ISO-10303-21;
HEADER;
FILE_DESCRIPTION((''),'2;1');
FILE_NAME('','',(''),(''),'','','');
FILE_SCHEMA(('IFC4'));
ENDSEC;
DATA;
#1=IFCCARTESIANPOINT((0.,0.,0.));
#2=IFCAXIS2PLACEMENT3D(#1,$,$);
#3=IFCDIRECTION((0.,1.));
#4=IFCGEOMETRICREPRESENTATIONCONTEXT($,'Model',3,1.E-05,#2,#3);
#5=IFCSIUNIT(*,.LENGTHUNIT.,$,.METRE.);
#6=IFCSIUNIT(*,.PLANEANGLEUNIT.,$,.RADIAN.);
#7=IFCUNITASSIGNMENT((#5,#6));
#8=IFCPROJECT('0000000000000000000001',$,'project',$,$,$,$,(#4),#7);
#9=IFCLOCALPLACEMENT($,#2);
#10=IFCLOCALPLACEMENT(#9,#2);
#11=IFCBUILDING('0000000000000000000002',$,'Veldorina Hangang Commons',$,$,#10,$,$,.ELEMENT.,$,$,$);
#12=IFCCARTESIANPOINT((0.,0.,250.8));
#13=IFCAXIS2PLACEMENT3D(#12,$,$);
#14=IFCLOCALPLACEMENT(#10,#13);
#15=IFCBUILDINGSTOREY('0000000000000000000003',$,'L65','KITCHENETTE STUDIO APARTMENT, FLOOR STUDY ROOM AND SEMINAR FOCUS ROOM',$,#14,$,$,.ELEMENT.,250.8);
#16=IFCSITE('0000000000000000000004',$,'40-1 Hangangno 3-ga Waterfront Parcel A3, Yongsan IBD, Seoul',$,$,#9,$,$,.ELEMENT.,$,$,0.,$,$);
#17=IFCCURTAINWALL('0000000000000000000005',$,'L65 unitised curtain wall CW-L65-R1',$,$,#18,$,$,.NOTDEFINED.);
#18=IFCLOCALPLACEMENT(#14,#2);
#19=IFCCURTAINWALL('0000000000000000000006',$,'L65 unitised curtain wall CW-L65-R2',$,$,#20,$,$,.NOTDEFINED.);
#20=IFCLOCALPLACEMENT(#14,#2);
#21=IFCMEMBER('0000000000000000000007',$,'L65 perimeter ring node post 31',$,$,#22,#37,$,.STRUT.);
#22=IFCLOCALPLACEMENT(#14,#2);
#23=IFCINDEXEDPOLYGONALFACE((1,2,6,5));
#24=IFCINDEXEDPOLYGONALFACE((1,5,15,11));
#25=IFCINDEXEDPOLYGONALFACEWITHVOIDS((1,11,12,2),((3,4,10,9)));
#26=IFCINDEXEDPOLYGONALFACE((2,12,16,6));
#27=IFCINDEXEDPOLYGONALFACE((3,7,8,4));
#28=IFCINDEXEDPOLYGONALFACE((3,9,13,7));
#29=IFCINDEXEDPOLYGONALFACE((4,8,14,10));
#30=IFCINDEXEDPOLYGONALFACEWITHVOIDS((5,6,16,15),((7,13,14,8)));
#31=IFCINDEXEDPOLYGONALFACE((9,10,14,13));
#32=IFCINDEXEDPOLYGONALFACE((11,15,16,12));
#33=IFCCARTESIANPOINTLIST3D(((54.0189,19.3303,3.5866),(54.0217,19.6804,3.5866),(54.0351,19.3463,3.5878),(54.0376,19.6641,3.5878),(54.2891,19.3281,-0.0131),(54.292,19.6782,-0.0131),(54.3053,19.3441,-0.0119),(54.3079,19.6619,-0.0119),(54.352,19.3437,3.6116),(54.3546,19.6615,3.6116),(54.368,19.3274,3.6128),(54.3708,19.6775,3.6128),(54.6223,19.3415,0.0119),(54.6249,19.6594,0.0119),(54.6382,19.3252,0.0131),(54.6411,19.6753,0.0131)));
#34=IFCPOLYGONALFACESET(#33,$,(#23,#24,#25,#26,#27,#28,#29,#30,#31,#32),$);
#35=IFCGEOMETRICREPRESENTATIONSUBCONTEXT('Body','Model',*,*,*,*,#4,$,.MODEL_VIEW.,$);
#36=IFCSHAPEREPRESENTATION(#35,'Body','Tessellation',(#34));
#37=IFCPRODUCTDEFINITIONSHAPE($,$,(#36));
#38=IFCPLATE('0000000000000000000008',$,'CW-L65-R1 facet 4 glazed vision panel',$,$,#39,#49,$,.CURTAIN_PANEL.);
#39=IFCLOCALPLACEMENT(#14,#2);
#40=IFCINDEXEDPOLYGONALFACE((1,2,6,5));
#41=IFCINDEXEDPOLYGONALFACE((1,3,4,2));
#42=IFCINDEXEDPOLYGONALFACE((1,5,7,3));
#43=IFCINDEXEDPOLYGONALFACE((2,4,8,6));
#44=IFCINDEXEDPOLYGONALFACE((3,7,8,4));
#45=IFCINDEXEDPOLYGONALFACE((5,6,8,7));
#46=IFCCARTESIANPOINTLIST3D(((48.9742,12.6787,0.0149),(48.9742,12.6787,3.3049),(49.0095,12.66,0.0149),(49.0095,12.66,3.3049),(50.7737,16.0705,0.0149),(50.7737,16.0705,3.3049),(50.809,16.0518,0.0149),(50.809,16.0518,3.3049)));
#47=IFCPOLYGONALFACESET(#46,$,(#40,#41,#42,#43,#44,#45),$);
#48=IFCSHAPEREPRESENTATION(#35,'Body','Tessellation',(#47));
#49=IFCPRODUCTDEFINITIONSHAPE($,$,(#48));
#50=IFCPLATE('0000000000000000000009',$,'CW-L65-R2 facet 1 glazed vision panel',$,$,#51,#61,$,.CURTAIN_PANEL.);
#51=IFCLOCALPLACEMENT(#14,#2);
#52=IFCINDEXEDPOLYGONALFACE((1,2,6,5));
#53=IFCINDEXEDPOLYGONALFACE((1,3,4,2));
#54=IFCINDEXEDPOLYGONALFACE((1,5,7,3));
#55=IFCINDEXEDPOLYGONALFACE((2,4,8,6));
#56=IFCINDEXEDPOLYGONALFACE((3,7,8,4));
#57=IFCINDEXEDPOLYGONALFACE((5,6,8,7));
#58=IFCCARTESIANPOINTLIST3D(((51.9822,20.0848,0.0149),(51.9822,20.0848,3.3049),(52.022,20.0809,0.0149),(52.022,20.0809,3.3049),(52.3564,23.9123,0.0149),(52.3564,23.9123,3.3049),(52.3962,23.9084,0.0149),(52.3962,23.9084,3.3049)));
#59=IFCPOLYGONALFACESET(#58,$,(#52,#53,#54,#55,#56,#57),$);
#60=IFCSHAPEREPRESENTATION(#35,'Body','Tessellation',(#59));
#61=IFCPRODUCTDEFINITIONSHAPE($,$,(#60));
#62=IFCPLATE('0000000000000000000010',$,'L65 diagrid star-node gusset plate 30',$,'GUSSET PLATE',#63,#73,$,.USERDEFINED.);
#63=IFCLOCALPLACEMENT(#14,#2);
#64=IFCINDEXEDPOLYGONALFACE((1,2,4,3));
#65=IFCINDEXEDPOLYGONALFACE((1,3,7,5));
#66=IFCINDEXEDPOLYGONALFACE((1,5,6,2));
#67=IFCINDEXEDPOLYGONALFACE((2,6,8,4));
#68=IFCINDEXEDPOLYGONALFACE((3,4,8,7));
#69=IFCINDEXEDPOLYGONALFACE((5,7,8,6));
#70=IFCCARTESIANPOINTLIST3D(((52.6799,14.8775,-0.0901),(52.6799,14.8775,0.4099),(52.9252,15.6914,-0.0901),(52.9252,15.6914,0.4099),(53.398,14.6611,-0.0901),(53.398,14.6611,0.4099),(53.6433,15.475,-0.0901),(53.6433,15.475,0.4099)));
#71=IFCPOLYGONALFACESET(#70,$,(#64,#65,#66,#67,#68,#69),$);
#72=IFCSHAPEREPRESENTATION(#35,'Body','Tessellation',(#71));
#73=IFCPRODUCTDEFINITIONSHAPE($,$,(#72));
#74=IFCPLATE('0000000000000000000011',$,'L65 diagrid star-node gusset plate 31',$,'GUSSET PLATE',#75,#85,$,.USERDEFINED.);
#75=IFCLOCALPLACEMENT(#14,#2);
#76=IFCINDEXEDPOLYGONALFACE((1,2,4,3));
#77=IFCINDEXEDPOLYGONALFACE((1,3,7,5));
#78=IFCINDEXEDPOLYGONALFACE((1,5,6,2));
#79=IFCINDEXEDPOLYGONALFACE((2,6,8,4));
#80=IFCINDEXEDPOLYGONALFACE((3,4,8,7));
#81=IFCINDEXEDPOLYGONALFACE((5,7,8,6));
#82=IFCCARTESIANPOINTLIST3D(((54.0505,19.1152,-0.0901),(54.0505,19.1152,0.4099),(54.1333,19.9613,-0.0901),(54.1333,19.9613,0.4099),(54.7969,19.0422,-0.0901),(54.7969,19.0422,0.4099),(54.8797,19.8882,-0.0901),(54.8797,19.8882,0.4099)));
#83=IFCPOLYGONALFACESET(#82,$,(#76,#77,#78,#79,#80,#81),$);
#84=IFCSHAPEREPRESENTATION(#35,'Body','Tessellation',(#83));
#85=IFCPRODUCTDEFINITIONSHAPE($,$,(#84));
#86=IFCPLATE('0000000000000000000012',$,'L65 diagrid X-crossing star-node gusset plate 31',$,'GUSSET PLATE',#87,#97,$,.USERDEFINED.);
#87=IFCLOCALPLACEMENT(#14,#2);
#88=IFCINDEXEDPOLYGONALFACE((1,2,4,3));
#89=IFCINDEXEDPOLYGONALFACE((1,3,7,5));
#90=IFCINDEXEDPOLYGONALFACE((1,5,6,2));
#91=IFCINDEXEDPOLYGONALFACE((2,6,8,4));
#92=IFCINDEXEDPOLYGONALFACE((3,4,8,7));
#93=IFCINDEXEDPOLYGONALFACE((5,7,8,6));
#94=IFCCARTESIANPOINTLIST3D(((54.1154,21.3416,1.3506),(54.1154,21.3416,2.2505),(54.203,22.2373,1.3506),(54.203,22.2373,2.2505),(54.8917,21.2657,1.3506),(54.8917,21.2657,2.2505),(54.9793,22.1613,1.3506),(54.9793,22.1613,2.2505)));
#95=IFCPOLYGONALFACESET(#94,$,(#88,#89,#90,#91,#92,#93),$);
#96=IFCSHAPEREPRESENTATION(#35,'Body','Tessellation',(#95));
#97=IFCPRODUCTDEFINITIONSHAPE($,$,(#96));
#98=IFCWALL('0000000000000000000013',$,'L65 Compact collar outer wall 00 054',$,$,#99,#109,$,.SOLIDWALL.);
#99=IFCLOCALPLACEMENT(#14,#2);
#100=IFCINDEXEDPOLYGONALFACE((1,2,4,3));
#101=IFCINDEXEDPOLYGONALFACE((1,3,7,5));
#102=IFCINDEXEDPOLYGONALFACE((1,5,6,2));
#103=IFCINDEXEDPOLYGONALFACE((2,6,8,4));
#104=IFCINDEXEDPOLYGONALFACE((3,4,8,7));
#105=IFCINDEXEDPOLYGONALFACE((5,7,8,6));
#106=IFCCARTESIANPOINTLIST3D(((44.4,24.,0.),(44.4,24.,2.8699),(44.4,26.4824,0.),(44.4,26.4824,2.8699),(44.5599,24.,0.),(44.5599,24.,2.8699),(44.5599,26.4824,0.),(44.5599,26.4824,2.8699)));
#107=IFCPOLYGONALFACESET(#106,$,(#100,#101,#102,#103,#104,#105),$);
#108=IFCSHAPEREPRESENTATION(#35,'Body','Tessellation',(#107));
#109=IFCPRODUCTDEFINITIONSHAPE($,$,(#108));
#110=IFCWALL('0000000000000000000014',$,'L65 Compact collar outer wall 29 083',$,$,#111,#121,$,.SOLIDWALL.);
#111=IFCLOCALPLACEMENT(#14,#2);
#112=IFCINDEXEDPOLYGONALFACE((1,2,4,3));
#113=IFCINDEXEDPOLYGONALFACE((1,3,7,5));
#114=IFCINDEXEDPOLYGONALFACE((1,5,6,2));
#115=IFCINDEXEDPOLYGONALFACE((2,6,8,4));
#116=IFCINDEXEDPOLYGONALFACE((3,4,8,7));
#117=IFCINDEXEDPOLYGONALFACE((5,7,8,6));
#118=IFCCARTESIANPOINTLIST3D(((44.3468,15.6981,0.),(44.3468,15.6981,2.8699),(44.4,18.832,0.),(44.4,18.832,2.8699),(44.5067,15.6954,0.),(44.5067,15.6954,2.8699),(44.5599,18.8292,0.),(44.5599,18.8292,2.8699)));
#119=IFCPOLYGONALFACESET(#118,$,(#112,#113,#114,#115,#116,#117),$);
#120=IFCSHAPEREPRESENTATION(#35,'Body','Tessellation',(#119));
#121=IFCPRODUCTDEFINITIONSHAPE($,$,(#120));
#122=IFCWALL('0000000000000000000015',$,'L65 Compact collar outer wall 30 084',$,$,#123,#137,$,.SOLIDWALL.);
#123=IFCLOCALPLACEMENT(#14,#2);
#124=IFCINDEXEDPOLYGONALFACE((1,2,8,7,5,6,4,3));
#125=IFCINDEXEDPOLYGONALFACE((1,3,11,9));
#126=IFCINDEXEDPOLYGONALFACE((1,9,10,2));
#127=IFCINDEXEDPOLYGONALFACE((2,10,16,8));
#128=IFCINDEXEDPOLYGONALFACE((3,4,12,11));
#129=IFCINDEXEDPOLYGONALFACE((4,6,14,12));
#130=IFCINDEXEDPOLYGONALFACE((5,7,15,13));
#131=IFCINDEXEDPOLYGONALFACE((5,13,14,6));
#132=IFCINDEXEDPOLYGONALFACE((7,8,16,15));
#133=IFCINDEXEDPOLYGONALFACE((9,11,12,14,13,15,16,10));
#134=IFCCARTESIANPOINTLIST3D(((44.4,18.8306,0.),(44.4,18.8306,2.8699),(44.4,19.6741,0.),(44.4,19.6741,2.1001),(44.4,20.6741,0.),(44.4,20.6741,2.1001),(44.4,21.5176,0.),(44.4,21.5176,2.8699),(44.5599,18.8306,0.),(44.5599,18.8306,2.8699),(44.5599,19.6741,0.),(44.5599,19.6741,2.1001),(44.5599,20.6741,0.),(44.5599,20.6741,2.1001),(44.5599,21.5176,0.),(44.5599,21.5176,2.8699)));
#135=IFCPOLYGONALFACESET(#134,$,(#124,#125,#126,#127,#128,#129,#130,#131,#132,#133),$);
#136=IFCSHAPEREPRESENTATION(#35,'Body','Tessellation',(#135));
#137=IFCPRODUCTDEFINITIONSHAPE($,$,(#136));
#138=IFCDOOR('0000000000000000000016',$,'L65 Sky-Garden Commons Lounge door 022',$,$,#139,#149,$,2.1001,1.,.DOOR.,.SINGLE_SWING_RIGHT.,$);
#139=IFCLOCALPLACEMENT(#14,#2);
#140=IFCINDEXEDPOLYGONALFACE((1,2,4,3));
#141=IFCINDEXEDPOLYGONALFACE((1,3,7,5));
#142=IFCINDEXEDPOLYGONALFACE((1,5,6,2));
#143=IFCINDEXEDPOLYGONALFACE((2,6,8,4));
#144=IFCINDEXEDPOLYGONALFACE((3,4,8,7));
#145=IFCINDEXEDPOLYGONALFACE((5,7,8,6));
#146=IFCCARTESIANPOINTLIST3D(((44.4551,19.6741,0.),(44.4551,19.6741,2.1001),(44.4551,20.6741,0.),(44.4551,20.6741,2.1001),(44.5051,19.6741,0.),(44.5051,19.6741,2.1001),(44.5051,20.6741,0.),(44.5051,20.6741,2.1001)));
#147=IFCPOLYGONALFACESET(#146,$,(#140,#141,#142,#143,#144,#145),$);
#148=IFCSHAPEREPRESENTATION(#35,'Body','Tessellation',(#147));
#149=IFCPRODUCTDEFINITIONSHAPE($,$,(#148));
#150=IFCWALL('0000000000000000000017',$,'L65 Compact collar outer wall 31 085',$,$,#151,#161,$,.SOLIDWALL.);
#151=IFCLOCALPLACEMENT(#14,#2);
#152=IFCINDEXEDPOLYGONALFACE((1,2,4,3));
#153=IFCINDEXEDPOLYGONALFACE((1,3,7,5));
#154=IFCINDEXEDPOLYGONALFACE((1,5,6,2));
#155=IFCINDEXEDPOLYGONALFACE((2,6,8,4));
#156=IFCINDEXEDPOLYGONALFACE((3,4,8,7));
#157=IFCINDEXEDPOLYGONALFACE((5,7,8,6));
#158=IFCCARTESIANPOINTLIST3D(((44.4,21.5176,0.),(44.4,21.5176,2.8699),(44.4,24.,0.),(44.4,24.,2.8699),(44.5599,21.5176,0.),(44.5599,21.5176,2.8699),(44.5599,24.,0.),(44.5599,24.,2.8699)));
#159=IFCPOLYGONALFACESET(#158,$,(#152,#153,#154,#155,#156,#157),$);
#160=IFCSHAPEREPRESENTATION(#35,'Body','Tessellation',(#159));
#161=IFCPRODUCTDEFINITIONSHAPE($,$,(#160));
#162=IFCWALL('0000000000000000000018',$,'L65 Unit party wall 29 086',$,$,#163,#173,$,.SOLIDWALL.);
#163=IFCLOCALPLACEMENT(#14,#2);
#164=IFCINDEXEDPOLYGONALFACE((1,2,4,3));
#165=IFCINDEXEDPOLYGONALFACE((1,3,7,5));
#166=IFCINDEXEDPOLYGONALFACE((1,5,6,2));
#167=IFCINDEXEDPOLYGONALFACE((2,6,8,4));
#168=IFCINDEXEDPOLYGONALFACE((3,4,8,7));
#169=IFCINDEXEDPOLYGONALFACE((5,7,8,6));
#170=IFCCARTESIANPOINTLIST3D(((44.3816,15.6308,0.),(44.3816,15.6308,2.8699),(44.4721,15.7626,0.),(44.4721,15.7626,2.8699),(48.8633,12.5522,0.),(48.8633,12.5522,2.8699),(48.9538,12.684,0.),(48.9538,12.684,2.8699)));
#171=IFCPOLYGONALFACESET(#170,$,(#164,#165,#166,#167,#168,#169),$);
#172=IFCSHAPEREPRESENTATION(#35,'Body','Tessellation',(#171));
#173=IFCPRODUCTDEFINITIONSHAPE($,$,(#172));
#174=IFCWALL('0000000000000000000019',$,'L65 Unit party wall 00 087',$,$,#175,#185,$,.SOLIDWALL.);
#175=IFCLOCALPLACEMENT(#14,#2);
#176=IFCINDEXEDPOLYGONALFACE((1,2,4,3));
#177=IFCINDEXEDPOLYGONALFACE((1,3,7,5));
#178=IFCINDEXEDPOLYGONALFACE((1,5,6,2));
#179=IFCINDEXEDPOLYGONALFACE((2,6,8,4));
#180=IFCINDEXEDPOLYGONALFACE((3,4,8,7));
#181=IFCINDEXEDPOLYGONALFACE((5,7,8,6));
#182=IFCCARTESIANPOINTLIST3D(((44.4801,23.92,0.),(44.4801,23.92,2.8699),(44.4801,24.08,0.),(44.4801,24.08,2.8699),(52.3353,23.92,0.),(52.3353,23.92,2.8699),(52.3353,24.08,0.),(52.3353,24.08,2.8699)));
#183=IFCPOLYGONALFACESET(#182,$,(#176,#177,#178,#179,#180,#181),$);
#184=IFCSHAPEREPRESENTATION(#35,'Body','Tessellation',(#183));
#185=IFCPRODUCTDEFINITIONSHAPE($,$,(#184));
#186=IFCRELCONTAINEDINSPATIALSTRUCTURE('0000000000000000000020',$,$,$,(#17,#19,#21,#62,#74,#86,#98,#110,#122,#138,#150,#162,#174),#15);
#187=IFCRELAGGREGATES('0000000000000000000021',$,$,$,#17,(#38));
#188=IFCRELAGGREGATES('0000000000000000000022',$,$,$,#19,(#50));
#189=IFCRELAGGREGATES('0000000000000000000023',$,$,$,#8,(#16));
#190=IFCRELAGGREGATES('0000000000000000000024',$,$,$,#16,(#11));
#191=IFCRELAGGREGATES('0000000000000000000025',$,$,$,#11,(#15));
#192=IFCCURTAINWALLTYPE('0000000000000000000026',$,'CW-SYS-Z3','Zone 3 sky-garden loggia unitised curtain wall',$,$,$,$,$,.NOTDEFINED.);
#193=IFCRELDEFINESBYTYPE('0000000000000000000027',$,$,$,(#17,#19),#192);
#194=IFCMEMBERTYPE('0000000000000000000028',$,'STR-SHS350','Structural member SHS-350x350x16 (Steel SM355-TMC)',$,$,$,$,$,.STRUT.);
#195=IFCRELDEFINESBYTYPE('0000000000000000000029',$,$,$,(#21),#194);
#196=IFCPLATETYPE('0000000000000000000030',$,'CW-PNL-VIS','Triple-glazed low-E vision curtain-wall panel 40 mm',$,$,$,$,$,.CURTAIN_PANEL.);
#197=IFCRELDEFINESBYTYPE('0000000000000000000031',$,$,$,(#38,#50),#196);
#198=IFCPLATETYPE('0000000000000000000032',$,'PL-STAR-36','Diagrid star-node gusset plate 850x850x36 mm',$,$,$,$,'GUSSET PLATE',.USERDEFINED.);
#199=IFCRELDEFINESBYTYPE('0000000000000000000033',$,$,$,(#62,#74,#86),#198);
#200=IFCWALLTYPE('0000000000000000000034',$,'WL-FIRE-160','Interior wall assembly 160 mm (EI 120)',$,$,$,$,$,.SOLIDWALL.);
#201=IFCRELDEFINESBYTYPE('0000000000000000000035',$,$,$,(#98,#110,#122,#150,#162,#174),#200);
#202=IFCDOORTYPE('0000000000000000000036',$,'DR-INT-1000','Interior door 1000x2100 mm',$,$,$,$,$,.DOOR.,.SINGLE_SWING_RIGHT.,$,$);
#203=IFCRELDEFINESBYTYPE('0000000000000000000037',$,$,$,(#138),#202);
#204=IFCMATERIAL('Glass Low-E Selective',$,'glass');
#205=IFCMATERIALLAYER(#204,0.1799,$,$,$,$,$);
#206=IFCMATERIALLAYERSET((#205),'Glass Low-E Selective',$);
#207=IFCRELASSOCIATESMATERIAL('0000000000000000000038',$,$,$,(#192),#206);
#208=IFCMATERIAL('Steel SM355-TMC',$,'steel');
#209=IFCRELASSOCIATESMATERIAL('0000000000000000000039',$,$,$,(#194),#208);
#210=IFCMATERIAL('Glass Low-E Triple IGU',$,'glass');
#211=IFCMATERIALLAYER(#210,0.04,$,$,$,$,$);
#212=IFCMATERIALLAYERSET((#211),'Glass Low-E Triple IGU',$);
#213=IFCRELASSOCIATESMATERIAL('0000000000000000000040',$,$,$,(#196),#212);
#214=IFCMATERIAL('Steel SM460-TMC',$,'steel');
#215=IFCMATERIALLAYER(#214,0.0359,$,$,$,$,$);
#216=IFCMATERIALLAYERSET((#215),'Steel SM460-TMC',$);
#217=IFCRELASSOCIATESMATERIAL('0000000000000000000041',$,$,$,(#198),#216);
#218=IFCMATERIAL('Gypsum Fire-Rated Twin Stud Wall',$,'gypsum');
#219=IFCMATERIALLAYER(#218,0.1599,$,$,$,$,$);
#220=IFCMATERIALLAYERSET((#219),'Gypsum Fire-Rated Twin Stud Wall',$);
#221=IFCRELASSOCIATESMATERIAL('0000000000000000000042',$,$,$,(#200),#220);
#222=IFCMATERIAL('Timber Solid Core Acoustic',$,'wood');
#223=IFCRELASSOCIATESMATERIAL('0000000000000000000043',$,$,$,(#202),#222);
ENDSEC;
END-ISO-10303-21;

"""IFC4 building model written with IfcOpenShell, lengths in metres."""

from ifc_helpers import new_model, si_unit, direction, frame, frame_2d, origin, origin_2d, place, context, subcontext, project, spatial, rectangle, hollow_rectangle, extrude, material, layer, layer_set, material_profile, profile_set, type_object, element, fill, aggregate, save


model = new_model("IFC4")

# Units and contexts
model_context = context("Model", 3, precision=1e-05, world=origin(), true_north=direction((0.0, 1.0)))
body_context = subcontext(model_context, "Body", "Model", "MODEL_VIEW")
ifc_project = project(units=[si_unit("LENGTHUNIT", "METRE"), si_unit("PLANEANGLEUNIT", "RADIAN")], contexts=[model_context])

# Site, building, storey
site_placement = place(None, origin())
site = spatial("IfcSite", under=ifc_project, at=site_placement, Name="40-1 Hangangno 3-ga Waterfront Parcel A3, Yongsan IBD, Seoul", CompositionType="ELEMENT", RefElevation=0.0)
building_placement = place(site_placement, origin())
building = spatial("IfcBuilding", under=site, at=building_placement, Name="Veldorina Hangang Commons", CompositionType="ELEMENT")
storey_placement = place(building_placement, frame((0.0, 0.0, 250.8)))
storey = spatial("IfcBuildingStorey", under=building, at=storey_placement, Name="L65", Description="KITCHENETTE STUDIO APARTMENT, FLOOR STUDY ROOM AND SEMINAR FOCUS ROOM", CompositionType="ELEMENT", Elevation=250.8)

# Shared definitions
ifc_material_1 = material(Name="Steel SM355-TMC", Category="steel")

# Curtain wall
ifc_material_2 = material(Name="Glass Low-E Selective", Category="glass")
ifc_layer_1 = layer(ifc_material_2, 0.1799)
ifc_layer_set_1 = layer_set([ifc_layer_1], Name="Glass Low-E Selective")
curtain_wall_type = type_object("IfcCurtainWallType", Name="CW-SYS-Z3", Description="Zone 3 sky-garden loggia unitised curtain wall", PredefinedType="NOTDEFINED", material=ifc_layer_set_1)
curtain_wall_1_placement = place(storey_placement, origin())
curtain_wall_1 = element("IfcCurtainWall", 1, at=curtain_wall_1_placement, inside=storey, type_object=curtain_wall_type, Name="L65 unitised curtain wall CW-L65-R1", PredefinedType="NOTDEFINED")

# Curtain wall
curtain_wall_2_placement = place(storey_placement, origin())
curtain_wall_2 = element("IfcCurtainWall", 2, at=curtain_wall_2_placement, inside=storey, type_object=curtain_wall_type, Name="L65 unitised curtain wall CW-L65-R2", PredefinedType="NOTDEFINED")

# Member
ifc_material_profile_1 = material_profile(ifc_material_1, hollow_rectangle(XDim=0.3501, YDim=0.3501, WallThickness=0.0161, at=origin_2d()), Name="SHS-350x350x16")
ifc_profile_set_1 = profile_set([ifc_material_profile_1], Name="Steel SM355-TMC")
member_type_1 = type_object("IfcMemberType", Name="STR-SHS350", Description="Structural member SHS-350x350x16 (Steel SM355-TMC)", PredefinedType="STRUT", material=ifc_profile_set_1)
member_1_placement = place(storey_placement, frame((54.4651, 19.5017, 0.0), z_axis=(-0.074866, 0.000609, 0.997193), x_axis=(-0.00813, -0.999967, 0.0)))
element("IfcMember", 3, at=member_1_placement, inside=storey, type_object=member_type_1, Name="L65 perimeter ring node post 31", PredefinedType="STRUT", context=body_context, shape_type="SweptSolid", body=[
    extrude(hollow_rectangle(XDim=0.3501, YDim=0.3501, WallThickness=0.0161, at=origin_2d()), origin(), (0.0, 0.0, 1.0), 3.6099),
])

# Plates
ifc_material_3 = material(Name="Glass Low-E Triple IGU", Category="glass")
ifc_layer_2 = layer(ifc_material_3, 0.04)
ifc_layer_set_2 = layer_set([ifc_layer_2], Name="Glass Low-E Triple IGU")
plate_type_1 = type_object("IfcPlateType", Name="CW-PNL-VIS", Description="Triple-glazed low-E vision curtain-wall panel 40 mm", PredefinedType="CURTAIN_PANEL", material=ifc_layer_set_2)
plate_1_placement = place(storey_placement, frame((49.8916, 14.3652, 0.0149), z_axis=(0.0, 0.0, 1.0), x_axis=(0.46867, 0.883373, 0.0)))
plate_1 = element("IfcPlate", 4, at=plate_1_placement, type_object=plate_type_1, Name="CW-L65-R1 facet 4 glazed vision panel", PredefinedType="CURTAIN_PANEL", context=body_context, shape_type="SweptSolid", body=[
    extrude(rectangle(XDim=3.8396, YDim=0.04, at=origin_2d()), origin(), (0.0, 0.0, 1.0), 3.29),
])
aggregate(curtain_wall_1, [plate_1])
plate_2_placement = place(storey_placement, frame((52.1892, 21.9966, 0.0149), z_axis=(0.0, 0.0, 1.0), x_axis=(0.097305, 0.995255, 0.0)))
plate_2 = element("IfcPlate", 5, at=plate_2_placement, type_object=plate_type_1, Name="CW-L65-R2 facet 1 glazed vision panel", PredefinedType="CURTAIN_PANEL", context=body_context, shape_type="SweptSolid", body=[
    extrude(rectangle(XDim=3.8457, YDim=0.04, at=origin_2d()), origin(), (0.0, 0.0, 1.0), 3.29),
])
aggregate(curtain_wall_2, [plate_2])

# Plates
ifc_material_4 = material(Name="Steel SM460-TMC", Category="steel")
ifc_layer_3 = layer(ifc_material_4, 0.0359)
ifc_layer_set_3 = layer_set([ifc_layer_3], Name="Steel SM460-TMC")
plate_type_2 = type_object("IfcPlateType", Name="PL-STAR-36", Description="Diagrid star-node gusset plate 850x850x36 mm", ElementType="GUSSET PLATE", PredefinedType="USERDEFINED", material=ifc_layer_set_3)
for number, where, z_axis, x_axis, name in (
    (6, (53.1616, 15.1763, -0.0901), (0.0, 0.0, 1.0), (0.288531, 0.957471, 0.0), "L65 diagrid star-node gusset plate 30"),
    (7, (54.4651, 19.5017, -0.0901), (0.0, 0.0, 1.0), (0.097374, 0.995248, 0.0), "L65 diagrid star-node gusset plate 31"),
):
    element("IfcPlate", number, at=place(storey_placement, frame(where, z_axis=z_axis, x_axis=x_axis)), inside=storey, type_object=plate_type_2, Name=name, ObjectType="GUSSET PLATE", PredefinedType="USERDEFINED", context=body_context, shape_type="SweptSolid", body=[
        extrude(rectangle(XDim=0.8501, YDim=0.75, at=origin_2d()), origin(), (0.0, 0.0, 1.0), 0.5),
    ])
plate_3_placement = place(storey_placement, frame((54.5474, 21.7515, 1.3506), z_axis=(0.0, 0.0, 1.0), x_axis=(0.097374, 0.995248, 0.0)))
element("IfcPlate", 8, at=plate_3_placement, inside=storey, type_object=plate_type_2, Name="L65 diagrid X-crossing star-node gusset plate 31", ObjectType="GUSSET PLATE", PredefinedType="USERDEFINED", context=body_context, shape_type="SweptSolid", body=[
    extrude(rectangle(XDim=0.8999, YDim=0.78, at=origin_2d()), origin(), (0.0, 0.0, 1.0), 0.8999),
])

# Walls
ifc_material_5 = material(Name="Gypsum Fire-Rated Twin Stud Wall", Category="gypsum")
ifc_layer_4 = layer(ifc_material_5, 0.1599)
ifc_layer_set_4 = layer_set([ifc_layer_4], Name="Gypsum Fire-Rated Twin Stud Wall")
wall_type_1 = type_object("IfcWallType", Name="WL-FIRE-160", Description="Interior wall assembly 160 mm (EI 120)", PredefinedType="SOLIDWALL", material=ifc_layer_set_4)
wall_1_placement = place(storey_placement, frame((44.48, 24.0, 0.0), z_axis=(0.0, 0.0, 1.0), x_axis=(0.0, 1.0, 0.0)))
element("IfcWall", 9, at=wall_1_placement, inside=storey, type_object=wall_type_1, Name="L65 Compact collar outer wall 00 054", PredefinedType="SOLIDWALL", context=body_context, shape_type="SweptSolid", body=[
    extrude(rectangle(XDim=2.4824, YDim=0.1599, at=frame_2d((1.2412, 0.0))), origin(), (0.0, 0.0, 1.0), 2.8699),
])
wall_2_placement = place(storey_placement, frame((44.4268, 15.6968, 0.0), z_axis=(0.0, 0.0, 1.0), x_axis=(0.016981, 0.999856, 0.0)))
element("IfcWall", 10, at=wall_2_placement, inside=storey, type_object=wall_type_1, Name="L65 Compact collar outer wall 29 083", PredefinedType="SOLIDWALL", context=body_context, shape_type="SweptSolid", body=[
    extrude(rectangle(XDim=3.1343, YDim=0.1599, at=frame_2d((1.5671, 0.0))), origin(), (0.0, 0.0, 1.0), 2.8699),
])

# Wall, opening, door
wall_3_placement = place(storey_placement, frame((44.48, 18.8306, 0.0), z_axis=(0.0, 0.0, 1.0), x_axis=(0.0, 1.0, 0.0)))
wall_3 = element("IfcWall", 11, at=wall_3_placement, inside=storey, type_object=wall_type_1, Name="L65 Compact collar outer wall 30 084", PredefinedType="SOLIDWALL", context=body_context, shape_type="SweptSolid", body=[
    extrude(rectangle(XDim=2.687, YDim=0.1599, at=frame_2d((1.3435, 0.0))), origin(), (0.0, 0.0, 1.0), 2.8699),
])
opening_1_placement = place(wall_3_placement, frame((0.8435, 0.0, 0.0)))
opening_1 = element("IfcOpeningElement", 12, at=opening_1_placement, cuts=wall_3, PredefinedType="OPENING", context=body_context, shape_type="SweptSolid", body=[
    extrude(rectangle(XDim=1.0, YDim=2.1001, at=frame_2d((0.5, 1.05))), frame((0.0, 0.0898, 0.0), z_axis=(0.0, -1.0, 0.0), x_axis=(1.0, 0.0, 0.0)), (0.0, 0.0, 1.0), 0.1799),
])
ifc_material_6 = material(Name="Timber Solid Core Acoustic", Category="wood")
door_type_1 = type_object("IfcDoorType", Name="DR-INT-1000", Description="Interior door 1000x2100 mm", OperationType="SINGLE_SWING_RIGHT", PredefinedType="DOOR", material=ifc_material_6)
door_1_placement = place(opening_1_placement, origin())
door_1 = element("IfcDoor", 13, at=door_1_placement, inside=storey, type_object=door_type_1, Name="L65 Sky-Garden Commons Lounge door 022", OperationType="SINGLE_SWING_RIGHT", OverallHeight=2.1001, OverallWidth=1.0, PredefinedType="DOOR", context=body_context, shape_type="SweptSolid", body=[
    extrude(rectangle(XDim=1.0, YDim=2.1001, at=frame_2d((0.5, 1.05))), frame((0.0, 0.0249, 0.0), z_axis=(0.0, -1.0, 0.0), x_axis=(1.0, 0.0, 0.0)), (0.0, 0.0, 1.0), 0.05),
])
fill(opening_1, door_1)

# Walls
wall_4_placement = place(storey_placement, frame((44.48, 21.5176, 0.0), z_axis=(0.0, 0.0, 1.0), x_axis=(0.0, 1.0, 0.0)))
element("IfcWall", 14, at=wall_4_placement, inside=storey, type_object=wall_type_1, Name="L65 Compact collar outer wall 31 085", PredefinedType="SOLIDWALL", context=body_context, shape_type="SweptSolid", body=[
    extrude(rectangle(XDim=2.4824, YDim=0.1599, at=frame_2d((1.2412, 0.0))), origin(), (0.0, 0.0, 1.0), 2.8699),
])
wall_5_placement = place(storey_placement, frame((44.4268, 15.6968, 0.0), z_axis=(0.0, 0.0, 1.0), x_axis=(0.824261, -0.566211, 0.0)))
element("IfcWall", 15, at=wall_5_placement, inside=storey, type_object=wall_type_1, Name="L65 Unit party wall 29 086", PredefinedType="SOLIDWALL", context=body_context, shape_type="SweptSolid", body=[
    extrude(rectangle(XDim=5.4373, YDim=0.1599, at=frame_2d((2.7188, 0.0))), origin(), (0.0, 0.0, 1.0), 2.8699),
])
wall_6_placement = place(storey_placement, frame((44.48, 24.0, 0.0), z_axis=(0.0, 0.0, 1.0), x_axis=(1.0, 0.0, 0.0)))
element("IfcWall", 16, at=wall_6_placement, inside=storey, type_object=wall_type_1, Name="L65 Unit party wall 00 087", PredefinedType="SOLIDWALL", context=body_context, shape_type="SweptSolid", body=[
    extrude(rectangle(XDim=7.8552, YDim=0.1599, at=frame_2d((3.9277, 0.0))), origin(), (0.0, 0.0, 1.0), 2.8699),
])

save(model, "model.ifc")
